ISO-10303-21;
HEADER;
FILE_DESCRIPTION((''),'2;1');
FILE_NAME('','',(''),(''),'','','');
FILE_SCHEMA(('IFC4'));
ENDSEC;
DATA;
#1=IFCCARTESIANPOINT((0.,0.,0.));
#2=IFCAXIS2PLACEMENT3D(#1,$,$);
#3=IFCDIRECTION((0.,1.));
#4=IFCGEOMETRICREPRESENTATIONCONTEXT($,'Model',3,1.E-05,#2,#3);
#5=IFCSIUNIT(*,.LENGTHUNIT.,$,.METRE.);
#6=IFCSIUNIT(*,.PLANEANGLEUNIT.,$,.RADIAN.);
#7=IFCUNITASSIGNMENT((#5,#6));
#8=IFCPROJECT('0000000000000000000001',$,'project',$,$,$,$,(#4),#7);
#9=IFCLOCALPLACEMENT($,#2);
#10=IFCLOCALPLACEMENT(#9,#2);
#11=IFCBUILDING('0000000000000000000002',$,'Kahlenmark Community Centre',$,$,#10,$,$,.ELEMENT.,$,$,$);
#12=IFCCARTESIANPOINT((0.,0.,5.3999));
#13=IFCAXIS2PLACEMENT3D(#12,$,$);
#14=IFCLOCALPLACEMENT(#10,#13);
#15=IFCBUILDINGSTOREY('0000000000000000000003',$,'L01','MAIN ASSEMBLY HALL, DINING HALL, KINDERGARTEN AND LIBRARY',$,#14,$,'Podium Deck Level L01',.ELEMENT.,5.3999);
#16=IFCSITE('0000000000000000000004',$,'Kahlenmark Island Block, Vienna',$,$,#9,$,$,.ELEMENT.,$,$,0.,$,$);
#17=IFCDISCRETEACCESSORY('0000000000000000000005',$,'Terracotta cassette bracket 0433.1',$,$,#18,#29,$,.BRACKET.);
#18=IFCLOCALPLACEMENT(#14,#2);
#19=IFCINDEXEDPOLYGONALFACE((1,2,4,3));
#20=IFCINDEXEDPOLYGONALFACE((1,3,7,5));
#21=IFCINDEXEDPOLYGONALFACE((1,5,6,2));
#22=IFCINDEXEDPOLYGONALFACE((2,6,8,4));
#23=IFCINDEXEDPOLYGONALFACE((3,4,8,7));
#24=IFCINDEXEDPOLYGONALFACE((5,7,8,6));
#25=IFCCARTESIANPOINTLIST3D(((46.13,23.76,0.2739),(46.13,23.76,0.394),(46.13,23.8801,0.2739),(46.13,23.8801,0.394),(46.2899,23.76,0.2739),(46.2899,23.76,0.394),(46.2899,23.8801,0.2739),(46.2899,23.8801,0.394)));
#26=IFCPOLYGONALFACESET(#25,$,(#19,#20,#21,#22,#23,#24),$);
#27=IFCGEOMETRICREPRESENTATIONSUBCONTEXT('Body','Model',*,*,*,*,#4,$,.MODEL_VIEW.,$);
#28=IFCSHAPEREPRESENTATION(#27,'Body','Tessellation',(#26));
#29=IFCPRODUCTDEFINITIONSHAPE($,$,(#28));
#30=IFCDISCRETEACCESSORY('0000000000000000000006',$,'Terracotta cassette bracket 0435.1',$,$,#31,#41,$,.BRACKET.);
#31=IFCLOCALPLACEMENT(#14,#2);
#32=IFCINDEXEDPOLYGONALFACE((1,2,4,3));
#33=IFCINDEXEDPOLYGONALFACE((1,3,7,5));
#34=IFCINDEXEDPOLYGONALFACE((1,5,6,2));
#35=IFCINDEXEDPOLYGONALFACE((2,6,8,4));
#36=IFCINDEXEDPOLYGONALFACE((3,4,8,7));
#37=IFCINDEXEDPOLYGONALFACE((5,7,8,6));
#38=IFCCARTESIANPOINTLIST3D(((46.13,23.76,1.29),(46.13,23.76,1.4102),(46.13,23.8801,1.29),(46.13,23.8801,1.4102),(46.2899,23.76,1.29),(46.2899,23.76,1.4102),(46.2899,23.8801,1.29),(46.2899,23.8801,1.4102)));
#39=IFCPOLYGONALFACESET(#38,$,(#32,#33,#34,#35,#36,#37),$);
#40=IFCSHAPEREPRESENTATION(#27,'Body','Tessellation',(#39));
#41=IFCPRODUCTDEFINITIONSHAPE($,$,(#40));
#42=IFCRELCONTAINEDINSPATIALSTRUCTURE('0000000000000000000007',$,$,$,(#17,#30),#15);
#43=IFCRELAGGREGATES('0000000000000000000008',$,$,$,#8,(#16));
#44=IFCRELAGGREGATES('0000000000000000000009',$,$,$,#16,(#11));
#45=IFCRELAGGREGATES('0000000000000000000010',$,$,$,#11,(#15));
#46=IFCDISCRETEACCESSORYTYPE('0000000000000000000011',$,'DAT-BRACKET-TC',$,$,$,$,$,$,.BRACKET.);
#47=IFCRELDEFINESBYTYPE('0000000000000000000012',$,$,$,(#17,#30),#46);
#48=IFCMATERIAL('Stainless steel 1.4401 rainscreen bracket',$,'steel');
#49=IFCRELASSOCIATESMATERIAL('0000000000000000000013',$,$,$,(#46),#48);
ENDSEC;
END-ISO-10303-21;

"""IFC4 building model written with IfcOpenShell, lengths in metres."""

from ifc_helpers import new_model, si_unit, direction, frame, origin, origin_2d, place, context, subcontext, project, spatial, rectangle, extrude, material, type_object, element, save


model = new_model("IFC4")

# Units and contexts
model_context = context("Model", 3, precision=1e-05, world=origin(), true_north=direction((0.0, 1.0)))
body_context = subcontext(model_context, "Body", "Model", "MODEL_VIEW")
ifc_project = project(units=[si_unit("LENGTHUNIT", "METRE"), si_unit("PLANEANGLEUNIT", "RADIAN")], contexts=[model_context])

# Site, building, storey
site_placement = place(None, origin())
site = spatial("IfcSite", under=ifc_project, at=site_placement, Name="Kahlenmark Island Block, Vienna", CompositionType="ELEMENT", RefElevation=0.0)
building_placement = place(site_placement, origin())
building = spatial("IfcBuilding", under=site, at=building_placement, Name="Kahlenmark Community Centre", CompositionType="ELEMENT")
storey_placement = place(building_placement, frame((0.0, 0.0, 5.3999)))
storey = spatial("IfcBuildingStorey", under=building, at=storey_placement, Name="L01", Description="MAIN ASSEMBLY HALL, DINING HALL, KINDERGARTEN AND LIBRARY", LongName="Podium Deck Level L01", CompositionType="ELEMENT", Elevation=5.3999)

# Discrete accessories
ifc_material_1 = material(Name="Stainless steel 1.4401 rainscreen bracket", Category="steel")
discrete_accessory_type = type_object("IfcDiscreteAccessoryType", Name="DAT-BRACKET-TC", PredefinedType="BRACKET", material=ifc_material_1)
for number, where, z_axis, x_axis, name in (
    (1, (46.21, 23.8201, 0.2739), (0.0, 0.0, 1.0), (0.0, 1.0, 0.0), "Terracotta cassette bracket 0433.1"),
    (2, (46.21, 23.8201, 1.29), (0.0, 0.0, 1.0), (0.0, 1.0, 0.0), "Terracotta cassette bracket 0435.1"),
):
    element("IfcDiscreteAccessory", number, at=place(storey_placement, frame(where, z_axis=z_axis, x_axis=x_axis)), inside=storey, type_object=discrete_accessory_type, Name=name, PredefinedType="BRACKET", context=body_context, shape_type="SweptSolid", body=[
        extrude(rectangle(XDim=0.1201, YDim=0.1599, at=origin_2d()), origin(), (0.0, 0.0, 1.0), 0.1201),
    ])

save(model, "model.ifc")
